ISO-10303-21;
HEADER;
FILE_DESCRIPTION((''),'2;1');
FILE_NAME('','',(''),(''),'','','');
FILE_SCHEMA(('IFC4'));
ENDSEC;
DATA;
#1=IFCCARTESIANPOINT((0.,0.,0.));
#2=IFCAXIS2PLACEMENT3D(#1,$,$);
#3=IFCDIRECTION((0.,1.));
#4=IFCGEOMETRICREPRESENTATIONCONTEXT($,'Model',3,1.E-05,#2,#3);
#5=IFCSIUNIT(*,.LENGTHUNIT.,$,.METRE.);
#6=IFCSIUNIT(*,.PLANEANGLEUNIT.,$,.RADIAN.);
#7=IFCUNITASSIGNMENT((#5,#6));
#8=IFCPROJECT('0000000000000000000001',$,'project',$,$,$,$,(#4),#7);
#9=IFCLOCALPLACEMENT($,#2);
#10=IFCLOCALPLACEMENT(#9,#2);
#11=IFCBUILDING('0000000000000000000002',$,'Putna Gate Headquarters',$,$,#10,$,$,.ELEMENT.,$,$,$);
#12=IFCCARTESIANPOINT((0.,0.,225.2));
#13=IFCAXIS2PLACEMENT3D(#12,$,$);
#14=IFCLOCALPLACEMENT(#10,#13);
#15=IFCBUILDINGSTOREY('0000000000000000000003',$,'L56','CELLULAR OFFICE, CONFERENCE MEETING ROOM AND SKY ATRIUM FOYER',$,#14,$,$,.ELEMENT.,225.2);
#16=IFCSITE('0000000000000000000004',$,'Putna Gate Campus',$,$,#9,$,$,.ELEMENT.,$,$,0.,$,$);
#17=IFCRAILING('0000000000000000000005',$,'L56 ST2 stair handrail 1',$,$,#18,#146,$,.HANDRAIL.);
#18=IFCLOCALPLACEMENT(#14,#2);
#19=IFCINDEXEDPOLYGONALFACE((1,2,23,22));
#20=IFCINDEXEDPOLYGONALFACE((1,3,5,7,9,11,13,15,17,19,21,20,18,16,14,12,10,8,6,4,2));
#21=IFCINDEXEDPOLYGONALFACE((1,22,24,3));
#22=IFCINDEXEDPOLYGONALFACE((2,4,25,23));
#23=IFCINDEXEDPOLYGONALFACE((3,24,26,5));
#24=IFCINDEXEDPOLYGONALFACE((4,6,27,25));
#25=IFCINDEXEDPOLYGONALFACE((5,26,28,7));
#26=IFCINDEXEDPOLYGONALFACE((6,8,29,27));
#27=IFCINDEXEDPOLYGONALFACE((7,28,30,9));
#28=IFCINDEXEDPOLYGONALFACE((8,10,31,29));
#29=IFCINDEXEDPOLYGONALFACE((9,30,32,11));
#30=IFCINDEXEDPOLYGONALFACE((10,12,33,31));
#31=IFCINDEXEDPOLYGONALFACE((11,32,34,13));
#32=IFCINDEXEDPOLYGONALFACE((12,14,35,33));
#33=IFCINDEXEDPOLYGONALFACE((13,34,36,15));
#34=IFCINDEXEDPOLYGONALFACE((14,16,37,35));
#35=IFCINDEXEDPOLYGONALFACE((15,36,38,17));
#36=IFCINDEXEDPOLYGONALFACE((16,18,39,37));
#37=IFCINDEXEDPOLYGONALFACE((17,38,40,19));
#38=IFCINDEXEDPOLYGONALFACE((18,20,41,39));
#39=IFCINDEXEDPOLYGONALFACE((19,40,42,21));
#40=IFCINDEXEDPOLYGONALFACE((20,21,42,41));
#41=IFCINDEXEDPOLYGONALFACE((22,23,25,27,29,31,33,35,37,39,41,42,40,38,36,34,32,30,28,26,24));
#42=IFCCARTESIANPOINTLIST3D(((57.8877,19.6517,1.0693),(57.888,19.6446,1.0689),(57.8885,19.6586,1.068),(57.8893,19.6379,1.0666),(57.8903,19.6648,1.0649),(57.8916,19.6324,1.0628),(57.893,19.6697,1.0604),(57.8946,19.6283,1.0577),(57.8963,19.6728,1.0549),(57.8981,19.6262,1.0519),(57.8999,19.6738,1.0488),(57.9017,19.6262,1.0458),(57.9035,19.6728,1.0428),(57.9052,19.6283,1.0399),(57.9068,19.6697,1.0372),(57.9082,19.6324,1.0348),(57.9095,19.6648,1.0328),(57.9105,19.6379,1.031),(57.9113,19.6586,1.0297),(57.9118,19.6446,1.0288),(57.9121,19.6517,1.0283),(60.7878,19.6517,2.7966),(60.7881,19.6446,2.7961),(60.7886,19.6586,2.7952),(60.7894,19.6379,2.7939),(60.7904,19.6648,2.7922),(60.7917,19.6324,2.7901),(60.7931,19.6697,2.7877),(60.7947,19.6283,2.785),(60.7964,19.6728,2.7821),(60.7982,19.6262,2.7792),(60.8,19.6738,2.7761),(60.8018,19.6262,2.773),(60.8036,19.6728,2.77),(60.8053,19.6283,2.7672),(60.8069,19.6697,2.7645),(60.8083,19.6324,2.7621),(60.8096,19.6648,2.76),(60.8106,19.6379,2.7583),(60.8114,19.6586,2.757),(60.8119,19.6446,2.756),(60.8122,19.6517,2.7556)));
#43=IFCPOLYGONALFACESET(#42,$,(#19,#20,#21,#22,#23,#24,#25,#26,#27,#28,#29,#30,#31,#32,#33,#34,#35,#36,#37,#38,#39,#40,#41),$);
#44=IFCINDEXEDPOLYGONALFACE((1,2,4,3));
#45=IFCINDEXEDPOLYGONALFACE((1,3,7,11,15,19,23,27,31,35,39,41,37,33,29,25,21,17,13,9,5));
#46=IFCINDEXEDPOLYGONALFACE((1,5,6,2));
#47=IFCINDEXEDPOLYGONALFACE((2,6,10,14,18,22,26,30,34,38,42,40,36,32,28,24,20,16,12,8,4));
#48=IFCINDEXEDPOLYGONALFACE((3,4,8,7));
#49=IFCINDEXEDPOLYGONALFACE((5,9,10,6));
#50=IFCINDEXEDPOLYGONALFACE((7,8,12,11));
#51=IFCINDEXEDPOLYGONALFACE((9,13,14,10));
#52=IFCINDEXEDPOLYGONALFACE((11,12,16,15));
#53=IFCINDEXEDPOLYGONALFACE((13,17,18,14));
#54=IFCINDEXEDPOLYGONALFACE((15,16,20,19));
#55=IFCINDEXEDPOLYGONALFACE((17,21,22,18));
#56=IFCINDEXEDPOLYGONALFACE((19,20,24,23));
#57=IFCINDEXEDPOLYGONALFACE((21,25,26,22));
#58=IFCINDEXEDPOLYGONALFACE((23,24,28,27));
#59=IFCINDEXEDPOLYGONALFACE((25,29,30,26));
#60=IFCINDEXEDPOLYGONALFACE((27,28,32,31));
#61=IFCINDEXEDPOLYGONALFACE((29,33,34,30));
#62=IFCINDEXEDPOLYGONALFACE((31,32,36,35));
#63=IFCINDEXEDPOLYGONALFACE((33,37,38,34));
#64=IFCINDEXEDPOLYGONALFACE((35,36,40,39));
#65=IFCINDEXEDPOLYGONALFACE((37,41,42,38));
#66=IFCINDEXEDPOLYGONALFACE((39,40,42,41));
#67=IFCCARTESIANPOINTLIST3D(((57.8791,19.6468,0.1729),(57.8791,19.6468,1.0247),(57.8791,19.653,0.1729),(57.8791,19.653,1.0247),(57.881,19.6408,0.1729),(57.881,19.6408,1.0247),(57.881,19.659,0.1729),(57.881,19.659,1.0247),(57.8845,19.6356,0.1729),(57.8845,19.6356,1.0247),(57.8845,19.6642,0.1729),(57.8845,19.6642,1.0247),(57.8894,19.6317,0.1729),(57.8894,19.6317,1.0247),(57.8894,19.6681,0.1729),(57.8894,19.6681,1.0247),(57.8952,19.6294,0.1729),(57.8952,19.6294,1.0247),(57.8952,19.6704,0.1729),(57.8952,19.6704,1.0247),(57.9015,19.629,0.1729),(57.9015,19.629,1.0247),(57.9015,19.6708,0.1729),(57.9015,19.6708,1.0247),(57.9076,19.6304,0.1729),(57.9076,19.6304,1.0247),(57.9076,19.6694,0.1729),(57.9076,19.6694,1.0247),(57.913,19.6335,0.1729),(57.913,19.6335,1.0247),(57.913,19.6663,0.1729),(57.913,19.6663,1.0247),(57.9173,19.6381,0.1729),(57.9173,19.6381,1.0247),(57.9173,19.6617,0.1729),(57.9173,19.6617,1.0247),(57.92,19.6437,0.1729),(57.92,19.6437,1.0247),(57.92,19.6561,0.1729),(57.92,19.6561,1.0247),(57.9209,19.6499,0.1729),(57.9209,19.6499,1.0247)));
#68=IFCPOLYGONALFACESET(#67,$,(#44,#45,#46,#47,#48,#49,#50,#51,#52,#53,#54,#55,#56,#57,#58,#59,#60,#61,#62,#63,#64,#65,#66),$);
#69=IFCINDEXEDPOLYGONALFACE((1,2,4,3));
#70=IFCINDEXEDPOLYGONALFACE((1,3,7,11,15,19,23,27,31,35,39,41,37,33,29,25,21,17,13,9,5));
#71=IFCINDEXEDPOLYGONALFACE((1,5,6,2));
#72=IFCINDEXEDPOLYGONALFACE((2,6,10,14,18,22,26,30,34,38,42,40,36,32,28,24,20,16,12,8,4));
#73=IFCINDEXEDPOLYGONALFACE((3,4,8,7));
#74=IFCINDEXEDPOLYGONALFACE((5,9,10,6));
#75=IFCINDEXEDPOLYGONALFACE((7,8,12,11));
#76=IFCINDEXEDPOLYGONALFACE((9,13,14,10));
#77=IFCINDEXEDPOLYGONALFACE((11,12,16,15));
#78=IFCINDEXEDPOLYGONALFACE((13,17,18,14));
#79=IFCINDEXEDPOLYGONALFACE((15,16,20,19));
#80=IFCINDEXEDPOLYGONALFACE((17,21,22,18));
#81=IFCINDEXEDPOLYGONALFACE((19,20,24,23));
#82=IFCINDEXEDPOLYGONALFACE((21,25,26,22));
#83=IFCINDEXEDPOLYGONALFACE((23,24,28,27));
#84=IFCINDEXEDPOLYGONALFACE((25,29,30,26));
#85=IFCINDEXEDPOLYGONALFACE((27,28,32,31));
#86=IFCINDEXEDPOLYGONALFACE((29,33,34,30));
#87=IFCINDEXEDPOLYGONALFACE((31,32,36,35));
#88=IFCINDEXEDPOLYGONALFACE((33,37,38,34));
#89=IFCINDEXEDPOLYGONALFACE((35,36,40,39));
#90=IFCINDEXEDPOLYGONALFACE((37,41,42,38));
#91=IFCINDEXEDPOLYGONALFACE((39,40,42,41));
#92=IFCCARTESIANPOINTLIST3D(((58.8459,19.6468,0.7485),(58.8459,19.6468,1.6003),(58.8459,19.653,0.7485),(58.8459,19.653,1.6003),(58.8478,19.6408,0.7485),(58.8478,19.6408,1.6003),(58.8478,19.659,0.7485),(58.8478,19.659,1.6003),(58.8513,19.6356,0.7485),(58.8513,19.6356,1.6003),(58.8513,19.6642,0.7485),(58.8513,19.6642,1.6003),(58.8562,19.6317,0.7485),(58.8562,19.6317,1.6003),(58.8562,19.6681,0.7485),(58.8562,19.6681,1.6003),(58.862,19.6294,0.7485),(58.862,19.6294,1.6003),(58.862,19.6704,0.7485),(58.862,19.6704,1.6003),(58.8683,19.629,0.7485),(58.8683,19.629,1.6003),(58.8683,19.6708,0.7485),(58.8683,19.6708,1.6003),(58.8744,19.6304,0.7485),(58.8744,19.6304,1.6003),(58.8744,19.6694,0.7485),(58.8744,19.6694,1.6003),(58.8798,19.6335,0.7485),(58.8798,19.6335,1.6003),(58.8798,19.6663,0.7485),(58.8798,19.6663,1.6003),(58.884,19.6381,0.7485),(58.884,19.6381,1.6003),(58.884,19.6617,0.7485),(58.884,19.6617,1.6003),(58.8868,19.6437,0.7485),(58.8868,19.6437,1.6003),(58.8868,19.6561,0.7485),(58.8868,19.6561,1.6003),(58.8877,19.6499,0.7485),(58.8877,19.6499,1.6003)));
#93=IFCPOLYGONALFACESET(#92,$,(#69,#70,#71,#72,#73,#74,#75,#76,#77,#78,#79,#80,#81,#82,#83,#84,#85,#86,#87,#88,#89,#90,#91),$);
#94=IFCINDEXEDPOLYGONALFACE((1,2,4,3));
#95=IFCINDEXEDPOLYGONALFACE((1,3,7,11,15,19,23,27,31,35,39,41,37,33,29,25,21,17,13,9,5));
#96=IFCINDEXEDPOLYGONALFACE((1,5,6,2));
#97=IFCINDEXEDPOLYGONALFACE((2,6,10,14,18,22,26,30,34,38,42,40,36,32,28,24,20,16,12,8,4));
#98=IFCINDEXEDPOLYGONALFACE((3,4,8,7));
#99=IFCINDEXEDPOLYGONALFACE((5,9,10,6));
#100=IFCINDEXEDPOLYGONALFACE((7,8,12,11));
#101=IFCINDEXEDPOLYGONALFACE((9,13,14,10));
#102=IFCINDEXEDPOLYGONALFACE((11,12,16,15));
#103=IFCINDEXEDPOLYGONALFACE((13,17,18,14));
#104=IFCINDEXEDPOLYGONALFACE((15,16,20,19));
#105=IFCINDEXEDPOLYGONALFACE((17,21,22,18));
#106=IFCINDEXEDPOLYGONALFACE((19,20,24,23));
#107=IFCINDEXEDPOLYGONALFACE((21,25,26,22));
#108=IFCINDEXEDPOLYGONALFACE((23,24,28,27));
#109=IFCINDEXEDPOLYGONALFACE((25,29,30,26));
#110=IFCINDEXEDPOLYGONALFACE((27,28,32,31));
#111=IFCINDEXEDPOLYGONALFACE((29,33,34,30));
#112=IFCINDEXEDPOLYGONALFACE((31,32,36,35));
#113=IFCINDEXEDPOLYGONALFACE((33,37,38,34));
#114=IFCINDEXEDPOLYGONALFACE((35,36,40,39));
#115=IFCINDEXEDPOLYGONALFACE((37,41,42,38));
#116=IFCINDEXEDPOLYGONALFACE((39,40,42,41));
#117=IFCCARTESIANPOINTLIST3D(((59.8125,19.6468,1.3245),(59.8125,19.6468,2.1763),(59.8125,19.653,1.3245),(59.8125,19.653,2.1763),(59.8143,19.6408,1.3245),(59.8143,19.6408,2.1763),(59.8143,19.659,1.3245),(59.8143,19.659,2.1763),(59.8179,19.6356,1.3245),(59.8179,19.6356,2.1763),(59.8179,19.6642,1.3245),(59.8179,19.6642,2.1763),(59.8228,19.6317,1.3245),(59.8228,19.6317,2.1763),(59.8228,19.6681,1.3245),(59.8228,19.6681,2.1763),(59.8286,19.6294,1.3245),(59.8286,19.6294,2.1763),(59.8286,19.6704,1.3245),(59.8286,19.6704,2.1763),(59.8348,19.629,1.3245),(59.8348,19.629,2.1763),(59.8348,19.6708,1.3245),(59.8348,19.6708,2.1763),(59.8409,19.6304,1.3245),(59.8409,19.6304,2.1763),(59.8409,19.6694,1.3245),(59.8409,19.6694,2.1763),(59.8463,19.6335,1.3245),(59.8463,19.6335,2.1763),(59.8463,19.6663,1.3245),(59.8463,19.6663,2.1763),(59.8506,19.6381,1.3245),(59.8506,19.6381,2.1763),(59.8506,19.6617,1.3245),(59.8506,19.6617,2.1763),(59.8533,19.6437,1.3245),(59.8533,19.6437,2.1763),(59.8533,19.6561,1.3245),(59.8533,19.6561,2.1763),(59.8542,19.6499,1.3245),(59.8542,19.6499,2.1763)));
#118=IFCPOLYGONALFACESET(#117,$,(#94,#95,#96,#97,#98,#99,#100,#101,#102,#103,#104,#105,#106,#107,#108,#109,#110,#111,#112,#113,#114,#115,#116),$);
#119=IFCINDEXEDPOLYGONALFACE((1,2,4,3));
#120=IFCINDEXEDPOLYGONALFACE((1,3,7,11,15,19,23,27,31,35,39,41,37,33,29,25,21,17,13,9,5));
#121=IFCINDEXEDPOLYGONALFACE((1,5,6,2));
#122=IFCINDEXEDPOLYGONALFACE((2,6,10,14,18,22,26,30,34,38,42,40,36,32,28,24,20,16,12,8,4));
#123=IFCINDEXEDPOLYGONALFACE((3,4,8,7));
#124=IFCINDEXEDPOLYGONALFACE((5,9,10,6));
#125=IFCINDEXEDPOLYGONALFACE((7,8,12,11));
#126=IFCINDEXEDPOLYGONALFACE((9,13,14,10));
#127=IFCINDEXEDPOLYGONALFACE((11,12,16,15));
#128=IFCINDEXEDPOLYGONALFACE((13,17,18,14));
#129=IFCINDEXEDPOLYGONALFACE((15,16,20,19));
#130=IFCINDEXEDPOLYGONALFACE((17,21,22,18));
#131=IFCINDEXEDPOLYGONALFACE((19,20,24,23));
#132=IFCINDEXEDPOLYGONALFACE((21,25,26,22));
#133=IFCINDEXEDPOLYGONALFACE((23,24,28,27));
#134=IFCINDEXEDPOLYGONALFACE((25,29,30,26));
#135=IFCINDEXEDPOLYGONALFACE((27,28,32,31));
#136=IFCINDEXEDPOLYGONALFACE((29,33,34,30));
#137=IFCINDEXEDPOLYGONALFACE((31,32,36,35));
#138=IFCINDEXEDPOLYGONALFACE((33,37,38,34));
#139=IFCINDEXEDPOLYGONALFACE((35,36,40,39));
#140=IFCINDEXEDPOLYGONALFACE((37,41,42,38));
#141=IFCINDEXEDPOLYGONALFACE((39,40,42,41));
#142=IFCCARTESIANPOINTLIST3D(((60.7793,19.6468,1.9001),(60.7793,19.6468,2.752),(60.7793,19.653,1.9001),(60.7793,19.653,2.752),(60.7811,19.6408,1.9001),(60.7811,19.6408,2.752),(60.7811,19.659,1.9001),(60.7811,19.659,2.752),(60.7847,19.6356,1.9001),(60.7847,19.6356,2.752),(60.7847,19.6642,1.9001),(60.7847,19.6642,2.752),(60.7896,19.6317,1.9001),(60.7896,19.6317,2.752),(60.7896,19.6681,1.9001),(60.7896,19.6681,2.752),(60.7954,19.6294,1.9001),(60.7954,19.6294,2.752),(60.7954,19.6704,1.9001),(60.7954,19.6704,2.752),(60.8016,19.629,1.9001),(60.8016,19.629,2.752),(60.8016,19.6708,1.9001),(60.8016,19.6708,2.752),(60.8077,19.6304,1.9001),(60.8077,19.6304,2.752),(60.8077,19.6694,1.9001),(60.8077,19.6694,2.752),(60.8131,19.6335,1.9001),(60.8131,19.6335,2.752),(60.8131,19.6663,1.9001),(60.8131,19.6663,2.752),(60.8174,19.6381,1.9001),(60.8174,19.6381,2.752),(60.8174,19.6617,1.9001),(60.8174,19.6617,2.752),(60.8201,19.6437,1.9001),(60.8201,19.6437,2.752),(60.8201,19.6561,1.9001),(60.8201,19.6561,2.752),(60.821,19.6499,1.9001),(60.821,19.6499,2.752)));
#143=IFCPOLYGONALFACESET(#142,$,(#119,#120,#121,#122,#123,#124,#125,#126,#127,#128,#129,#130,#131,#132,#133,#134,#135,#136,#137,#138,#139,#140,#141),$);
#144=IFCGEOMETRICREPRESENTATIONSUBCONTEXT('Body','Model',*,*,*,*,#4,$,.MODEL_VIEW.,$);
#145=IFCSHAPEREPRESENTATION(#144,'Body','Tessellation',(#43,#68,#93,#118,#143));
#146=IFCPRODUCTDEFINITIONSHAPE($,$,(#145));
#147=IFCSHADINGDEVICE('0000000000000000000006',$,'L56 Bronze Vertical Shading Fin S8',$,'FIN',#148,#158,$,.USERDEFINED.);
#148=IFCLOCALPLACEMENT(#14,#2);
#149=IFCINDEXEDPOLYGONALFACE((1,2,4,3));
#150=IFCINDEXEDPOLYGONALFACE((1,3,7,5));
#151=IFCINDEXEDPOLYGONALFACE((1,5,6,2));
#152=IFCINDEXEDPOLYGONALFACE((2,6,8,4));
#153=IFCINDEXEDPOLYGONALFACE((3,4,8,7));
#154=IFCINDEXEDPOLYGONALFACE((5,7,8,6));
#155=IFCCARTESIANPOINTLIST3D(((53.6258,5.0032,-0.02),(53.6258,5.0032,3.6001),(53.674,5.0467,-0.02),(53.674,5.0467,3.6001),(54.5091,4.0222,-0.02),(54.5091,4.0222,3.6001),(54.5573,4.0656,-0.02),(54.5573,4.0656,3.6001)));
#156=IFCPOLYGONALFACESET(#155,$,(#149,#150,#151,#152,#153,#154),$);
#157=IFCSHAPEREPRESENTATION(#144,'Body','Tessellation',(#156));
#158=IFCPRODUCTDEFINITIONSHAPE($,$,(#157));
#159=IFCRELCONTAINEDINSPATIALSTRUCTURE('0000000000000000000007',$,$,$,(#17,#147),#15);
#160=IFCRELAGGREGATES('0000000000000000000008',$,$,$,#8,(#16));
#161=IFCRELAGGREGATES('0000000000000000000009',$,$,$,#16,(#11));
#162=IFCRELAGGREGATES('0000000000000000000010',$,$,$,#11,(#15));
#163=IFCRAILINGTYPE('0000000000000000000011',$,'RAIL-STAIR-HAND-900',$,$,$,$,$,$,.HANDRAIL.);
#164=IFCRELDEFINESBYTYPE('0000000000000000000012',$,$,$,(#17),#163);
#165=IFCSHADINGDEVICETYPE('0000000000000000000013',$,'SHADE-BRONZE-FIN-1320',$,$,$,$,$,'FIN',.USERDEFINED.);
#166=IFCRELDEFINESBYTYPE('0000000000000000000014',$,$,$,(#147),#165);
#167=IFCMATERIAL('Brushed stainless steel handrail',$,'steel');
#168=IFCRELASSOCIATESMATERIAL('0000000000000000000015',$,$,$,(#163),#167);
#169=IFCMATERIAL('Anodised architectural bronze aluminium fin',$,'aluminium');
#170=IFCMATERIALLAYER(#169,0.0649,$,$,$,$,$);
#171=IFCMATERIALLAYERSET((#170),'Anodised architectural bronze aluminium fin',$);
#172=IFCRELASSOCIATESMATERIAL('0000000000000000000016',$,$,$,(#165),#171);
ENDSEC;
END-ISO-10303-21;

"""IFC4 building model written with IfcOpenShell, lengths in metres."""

from ifc_helpers import new_model, si_unit, direction, frame, origin, origin_2d, place, context, subcontext, project, spatial, rectangle, circle, extrude, material, layer, layer_set, type_object, element, save


model = new_model("IFC4")

# Units and contexts
model_context = context("Model", 3, precision=1e-05, world=origin(), true_north=direction((0.0, 1.0)))
body_context = subcontext(model_context, "Body", "Model", "MODEL_VIEW")
ifc_project = project(units=[si_unit("LENGTHUNIT", "METRE"), si_unit("PLANEANGLEUNIT", "RADIAN")], contexts=[model_context])

# Site, building, storey
site_placement = place(None, origin())
site = spatial("IfcSite", under=ifc_project, at=site_placement, Name="Putna Gate Campus", CompositionType="ELEMENT", RefElevation=0.0)
building_placement = place(site_placement, origin())
building = spatial("IfcBuilding", under=site, at=building_placement, Name="Putna Gate Headquarters", CompositionType="ELEMENT")
storey_placement = place(building_placement, frame((0.0, 0.0, 225.2)))
storey = spatial("IfcBuildingStorey", under=building, at=storey_placement, Name="L56", Description="CELLULAR OFFICE, CONFERENCE MEETING ROOM AND SKY ATRIUM FOYER", CompositionType="ELEMENT", Elevation=225.2)

# Railing
ifc_material_1 = material(Name="Brushed stainless steel handrail", Category="steel")
railing_type_1 = type_object("IfcRailingType", Name="RAIL-STAIR-HAND-900", PredefinedType="HANDRAIL", material=ifc_material_1)
railing_1_placement = place(storey_placement, frame((57.8999, 19.6499, 0.1729)))
element("IfcRailing", 1, at=railing_1_placement, inside=storey, type_object=railing_type_1, Name="L56 ST2 stair handrail 1", PredefinedType="HANDRAIL", context=body_context, shape_type="SweptSolid", body=[
    extrude(circle(Radius=0.0239, at=origin_2d()), frame((0.0, 0.0, 0.876), z_axis=(0.85916, 0.0, 0.511706), x_axis=(0.0, 1.0, 0.0)), (0.0, 0.0, 1.0), 3.3755),
    extrude(circle(Radius=0.021, at=origin_2d()), origin(), (0.0, 0.0, 1.0), 0.8518),
    extrude(circle(Radius=0.021, at=origin_2d()), frame((0.9668, 0.0, 0.5757)), (0.0, 0.0, 1.0), 0.8518),
    extrude(circle(Radius=0.021, at=origin_2d()), frame((1.9333, 0.0, 1.1516)), (0.0, 0.0, 1.0), 0.8518),
    extrude(circle(Radius=0.021, at=origin_2d()), frame((2.9001, 0.0, 1.7273)), (0.0, 0.0, 1.0), 0.8518),
])

# Shading device
ifc_material_2 = material(Name="Anodised architectural bronze aluminium fin", Category="aluminium")
ifc_layer_1 = layer(ifc_material_2, 0.0649)
ifc_layer_set_1 = layer_set([ifc_layer_1], Name="Anodised architectural bronze aluminium fin")
shading_device_type = type_object("IfcShadingDeviceType", Name="SHADE-BRONZE-FIN-1320", ElementType="FIN", PredefinedType="USERDEFINED", material=ifc_layer_set_1)
shading_device_placement = place(storey_placement, frame((54.0916, 4.5344, -0.02), z_axis=(0.0, 0.0, 1.0), x_axis=(0.669131, -0.743145, 0.0)))
element("IfcShadingDevice", 2, at=shading_device_placement, inside=storey, type_object=shading_device_type, Name="L56 Bronze Vertical Shading Fin S8", ObjectType="FIN", PredefinedType="USERDEFINED", context=body_context, shape_type="SweptSolid", body=[
    extrude(rectangle(XDim=1.3201, YDim=0.0649, at=origin_2d()), origin(), (0.0, 0.0, 1.0), 3.6201),
])

save(model, "model.ifc")
